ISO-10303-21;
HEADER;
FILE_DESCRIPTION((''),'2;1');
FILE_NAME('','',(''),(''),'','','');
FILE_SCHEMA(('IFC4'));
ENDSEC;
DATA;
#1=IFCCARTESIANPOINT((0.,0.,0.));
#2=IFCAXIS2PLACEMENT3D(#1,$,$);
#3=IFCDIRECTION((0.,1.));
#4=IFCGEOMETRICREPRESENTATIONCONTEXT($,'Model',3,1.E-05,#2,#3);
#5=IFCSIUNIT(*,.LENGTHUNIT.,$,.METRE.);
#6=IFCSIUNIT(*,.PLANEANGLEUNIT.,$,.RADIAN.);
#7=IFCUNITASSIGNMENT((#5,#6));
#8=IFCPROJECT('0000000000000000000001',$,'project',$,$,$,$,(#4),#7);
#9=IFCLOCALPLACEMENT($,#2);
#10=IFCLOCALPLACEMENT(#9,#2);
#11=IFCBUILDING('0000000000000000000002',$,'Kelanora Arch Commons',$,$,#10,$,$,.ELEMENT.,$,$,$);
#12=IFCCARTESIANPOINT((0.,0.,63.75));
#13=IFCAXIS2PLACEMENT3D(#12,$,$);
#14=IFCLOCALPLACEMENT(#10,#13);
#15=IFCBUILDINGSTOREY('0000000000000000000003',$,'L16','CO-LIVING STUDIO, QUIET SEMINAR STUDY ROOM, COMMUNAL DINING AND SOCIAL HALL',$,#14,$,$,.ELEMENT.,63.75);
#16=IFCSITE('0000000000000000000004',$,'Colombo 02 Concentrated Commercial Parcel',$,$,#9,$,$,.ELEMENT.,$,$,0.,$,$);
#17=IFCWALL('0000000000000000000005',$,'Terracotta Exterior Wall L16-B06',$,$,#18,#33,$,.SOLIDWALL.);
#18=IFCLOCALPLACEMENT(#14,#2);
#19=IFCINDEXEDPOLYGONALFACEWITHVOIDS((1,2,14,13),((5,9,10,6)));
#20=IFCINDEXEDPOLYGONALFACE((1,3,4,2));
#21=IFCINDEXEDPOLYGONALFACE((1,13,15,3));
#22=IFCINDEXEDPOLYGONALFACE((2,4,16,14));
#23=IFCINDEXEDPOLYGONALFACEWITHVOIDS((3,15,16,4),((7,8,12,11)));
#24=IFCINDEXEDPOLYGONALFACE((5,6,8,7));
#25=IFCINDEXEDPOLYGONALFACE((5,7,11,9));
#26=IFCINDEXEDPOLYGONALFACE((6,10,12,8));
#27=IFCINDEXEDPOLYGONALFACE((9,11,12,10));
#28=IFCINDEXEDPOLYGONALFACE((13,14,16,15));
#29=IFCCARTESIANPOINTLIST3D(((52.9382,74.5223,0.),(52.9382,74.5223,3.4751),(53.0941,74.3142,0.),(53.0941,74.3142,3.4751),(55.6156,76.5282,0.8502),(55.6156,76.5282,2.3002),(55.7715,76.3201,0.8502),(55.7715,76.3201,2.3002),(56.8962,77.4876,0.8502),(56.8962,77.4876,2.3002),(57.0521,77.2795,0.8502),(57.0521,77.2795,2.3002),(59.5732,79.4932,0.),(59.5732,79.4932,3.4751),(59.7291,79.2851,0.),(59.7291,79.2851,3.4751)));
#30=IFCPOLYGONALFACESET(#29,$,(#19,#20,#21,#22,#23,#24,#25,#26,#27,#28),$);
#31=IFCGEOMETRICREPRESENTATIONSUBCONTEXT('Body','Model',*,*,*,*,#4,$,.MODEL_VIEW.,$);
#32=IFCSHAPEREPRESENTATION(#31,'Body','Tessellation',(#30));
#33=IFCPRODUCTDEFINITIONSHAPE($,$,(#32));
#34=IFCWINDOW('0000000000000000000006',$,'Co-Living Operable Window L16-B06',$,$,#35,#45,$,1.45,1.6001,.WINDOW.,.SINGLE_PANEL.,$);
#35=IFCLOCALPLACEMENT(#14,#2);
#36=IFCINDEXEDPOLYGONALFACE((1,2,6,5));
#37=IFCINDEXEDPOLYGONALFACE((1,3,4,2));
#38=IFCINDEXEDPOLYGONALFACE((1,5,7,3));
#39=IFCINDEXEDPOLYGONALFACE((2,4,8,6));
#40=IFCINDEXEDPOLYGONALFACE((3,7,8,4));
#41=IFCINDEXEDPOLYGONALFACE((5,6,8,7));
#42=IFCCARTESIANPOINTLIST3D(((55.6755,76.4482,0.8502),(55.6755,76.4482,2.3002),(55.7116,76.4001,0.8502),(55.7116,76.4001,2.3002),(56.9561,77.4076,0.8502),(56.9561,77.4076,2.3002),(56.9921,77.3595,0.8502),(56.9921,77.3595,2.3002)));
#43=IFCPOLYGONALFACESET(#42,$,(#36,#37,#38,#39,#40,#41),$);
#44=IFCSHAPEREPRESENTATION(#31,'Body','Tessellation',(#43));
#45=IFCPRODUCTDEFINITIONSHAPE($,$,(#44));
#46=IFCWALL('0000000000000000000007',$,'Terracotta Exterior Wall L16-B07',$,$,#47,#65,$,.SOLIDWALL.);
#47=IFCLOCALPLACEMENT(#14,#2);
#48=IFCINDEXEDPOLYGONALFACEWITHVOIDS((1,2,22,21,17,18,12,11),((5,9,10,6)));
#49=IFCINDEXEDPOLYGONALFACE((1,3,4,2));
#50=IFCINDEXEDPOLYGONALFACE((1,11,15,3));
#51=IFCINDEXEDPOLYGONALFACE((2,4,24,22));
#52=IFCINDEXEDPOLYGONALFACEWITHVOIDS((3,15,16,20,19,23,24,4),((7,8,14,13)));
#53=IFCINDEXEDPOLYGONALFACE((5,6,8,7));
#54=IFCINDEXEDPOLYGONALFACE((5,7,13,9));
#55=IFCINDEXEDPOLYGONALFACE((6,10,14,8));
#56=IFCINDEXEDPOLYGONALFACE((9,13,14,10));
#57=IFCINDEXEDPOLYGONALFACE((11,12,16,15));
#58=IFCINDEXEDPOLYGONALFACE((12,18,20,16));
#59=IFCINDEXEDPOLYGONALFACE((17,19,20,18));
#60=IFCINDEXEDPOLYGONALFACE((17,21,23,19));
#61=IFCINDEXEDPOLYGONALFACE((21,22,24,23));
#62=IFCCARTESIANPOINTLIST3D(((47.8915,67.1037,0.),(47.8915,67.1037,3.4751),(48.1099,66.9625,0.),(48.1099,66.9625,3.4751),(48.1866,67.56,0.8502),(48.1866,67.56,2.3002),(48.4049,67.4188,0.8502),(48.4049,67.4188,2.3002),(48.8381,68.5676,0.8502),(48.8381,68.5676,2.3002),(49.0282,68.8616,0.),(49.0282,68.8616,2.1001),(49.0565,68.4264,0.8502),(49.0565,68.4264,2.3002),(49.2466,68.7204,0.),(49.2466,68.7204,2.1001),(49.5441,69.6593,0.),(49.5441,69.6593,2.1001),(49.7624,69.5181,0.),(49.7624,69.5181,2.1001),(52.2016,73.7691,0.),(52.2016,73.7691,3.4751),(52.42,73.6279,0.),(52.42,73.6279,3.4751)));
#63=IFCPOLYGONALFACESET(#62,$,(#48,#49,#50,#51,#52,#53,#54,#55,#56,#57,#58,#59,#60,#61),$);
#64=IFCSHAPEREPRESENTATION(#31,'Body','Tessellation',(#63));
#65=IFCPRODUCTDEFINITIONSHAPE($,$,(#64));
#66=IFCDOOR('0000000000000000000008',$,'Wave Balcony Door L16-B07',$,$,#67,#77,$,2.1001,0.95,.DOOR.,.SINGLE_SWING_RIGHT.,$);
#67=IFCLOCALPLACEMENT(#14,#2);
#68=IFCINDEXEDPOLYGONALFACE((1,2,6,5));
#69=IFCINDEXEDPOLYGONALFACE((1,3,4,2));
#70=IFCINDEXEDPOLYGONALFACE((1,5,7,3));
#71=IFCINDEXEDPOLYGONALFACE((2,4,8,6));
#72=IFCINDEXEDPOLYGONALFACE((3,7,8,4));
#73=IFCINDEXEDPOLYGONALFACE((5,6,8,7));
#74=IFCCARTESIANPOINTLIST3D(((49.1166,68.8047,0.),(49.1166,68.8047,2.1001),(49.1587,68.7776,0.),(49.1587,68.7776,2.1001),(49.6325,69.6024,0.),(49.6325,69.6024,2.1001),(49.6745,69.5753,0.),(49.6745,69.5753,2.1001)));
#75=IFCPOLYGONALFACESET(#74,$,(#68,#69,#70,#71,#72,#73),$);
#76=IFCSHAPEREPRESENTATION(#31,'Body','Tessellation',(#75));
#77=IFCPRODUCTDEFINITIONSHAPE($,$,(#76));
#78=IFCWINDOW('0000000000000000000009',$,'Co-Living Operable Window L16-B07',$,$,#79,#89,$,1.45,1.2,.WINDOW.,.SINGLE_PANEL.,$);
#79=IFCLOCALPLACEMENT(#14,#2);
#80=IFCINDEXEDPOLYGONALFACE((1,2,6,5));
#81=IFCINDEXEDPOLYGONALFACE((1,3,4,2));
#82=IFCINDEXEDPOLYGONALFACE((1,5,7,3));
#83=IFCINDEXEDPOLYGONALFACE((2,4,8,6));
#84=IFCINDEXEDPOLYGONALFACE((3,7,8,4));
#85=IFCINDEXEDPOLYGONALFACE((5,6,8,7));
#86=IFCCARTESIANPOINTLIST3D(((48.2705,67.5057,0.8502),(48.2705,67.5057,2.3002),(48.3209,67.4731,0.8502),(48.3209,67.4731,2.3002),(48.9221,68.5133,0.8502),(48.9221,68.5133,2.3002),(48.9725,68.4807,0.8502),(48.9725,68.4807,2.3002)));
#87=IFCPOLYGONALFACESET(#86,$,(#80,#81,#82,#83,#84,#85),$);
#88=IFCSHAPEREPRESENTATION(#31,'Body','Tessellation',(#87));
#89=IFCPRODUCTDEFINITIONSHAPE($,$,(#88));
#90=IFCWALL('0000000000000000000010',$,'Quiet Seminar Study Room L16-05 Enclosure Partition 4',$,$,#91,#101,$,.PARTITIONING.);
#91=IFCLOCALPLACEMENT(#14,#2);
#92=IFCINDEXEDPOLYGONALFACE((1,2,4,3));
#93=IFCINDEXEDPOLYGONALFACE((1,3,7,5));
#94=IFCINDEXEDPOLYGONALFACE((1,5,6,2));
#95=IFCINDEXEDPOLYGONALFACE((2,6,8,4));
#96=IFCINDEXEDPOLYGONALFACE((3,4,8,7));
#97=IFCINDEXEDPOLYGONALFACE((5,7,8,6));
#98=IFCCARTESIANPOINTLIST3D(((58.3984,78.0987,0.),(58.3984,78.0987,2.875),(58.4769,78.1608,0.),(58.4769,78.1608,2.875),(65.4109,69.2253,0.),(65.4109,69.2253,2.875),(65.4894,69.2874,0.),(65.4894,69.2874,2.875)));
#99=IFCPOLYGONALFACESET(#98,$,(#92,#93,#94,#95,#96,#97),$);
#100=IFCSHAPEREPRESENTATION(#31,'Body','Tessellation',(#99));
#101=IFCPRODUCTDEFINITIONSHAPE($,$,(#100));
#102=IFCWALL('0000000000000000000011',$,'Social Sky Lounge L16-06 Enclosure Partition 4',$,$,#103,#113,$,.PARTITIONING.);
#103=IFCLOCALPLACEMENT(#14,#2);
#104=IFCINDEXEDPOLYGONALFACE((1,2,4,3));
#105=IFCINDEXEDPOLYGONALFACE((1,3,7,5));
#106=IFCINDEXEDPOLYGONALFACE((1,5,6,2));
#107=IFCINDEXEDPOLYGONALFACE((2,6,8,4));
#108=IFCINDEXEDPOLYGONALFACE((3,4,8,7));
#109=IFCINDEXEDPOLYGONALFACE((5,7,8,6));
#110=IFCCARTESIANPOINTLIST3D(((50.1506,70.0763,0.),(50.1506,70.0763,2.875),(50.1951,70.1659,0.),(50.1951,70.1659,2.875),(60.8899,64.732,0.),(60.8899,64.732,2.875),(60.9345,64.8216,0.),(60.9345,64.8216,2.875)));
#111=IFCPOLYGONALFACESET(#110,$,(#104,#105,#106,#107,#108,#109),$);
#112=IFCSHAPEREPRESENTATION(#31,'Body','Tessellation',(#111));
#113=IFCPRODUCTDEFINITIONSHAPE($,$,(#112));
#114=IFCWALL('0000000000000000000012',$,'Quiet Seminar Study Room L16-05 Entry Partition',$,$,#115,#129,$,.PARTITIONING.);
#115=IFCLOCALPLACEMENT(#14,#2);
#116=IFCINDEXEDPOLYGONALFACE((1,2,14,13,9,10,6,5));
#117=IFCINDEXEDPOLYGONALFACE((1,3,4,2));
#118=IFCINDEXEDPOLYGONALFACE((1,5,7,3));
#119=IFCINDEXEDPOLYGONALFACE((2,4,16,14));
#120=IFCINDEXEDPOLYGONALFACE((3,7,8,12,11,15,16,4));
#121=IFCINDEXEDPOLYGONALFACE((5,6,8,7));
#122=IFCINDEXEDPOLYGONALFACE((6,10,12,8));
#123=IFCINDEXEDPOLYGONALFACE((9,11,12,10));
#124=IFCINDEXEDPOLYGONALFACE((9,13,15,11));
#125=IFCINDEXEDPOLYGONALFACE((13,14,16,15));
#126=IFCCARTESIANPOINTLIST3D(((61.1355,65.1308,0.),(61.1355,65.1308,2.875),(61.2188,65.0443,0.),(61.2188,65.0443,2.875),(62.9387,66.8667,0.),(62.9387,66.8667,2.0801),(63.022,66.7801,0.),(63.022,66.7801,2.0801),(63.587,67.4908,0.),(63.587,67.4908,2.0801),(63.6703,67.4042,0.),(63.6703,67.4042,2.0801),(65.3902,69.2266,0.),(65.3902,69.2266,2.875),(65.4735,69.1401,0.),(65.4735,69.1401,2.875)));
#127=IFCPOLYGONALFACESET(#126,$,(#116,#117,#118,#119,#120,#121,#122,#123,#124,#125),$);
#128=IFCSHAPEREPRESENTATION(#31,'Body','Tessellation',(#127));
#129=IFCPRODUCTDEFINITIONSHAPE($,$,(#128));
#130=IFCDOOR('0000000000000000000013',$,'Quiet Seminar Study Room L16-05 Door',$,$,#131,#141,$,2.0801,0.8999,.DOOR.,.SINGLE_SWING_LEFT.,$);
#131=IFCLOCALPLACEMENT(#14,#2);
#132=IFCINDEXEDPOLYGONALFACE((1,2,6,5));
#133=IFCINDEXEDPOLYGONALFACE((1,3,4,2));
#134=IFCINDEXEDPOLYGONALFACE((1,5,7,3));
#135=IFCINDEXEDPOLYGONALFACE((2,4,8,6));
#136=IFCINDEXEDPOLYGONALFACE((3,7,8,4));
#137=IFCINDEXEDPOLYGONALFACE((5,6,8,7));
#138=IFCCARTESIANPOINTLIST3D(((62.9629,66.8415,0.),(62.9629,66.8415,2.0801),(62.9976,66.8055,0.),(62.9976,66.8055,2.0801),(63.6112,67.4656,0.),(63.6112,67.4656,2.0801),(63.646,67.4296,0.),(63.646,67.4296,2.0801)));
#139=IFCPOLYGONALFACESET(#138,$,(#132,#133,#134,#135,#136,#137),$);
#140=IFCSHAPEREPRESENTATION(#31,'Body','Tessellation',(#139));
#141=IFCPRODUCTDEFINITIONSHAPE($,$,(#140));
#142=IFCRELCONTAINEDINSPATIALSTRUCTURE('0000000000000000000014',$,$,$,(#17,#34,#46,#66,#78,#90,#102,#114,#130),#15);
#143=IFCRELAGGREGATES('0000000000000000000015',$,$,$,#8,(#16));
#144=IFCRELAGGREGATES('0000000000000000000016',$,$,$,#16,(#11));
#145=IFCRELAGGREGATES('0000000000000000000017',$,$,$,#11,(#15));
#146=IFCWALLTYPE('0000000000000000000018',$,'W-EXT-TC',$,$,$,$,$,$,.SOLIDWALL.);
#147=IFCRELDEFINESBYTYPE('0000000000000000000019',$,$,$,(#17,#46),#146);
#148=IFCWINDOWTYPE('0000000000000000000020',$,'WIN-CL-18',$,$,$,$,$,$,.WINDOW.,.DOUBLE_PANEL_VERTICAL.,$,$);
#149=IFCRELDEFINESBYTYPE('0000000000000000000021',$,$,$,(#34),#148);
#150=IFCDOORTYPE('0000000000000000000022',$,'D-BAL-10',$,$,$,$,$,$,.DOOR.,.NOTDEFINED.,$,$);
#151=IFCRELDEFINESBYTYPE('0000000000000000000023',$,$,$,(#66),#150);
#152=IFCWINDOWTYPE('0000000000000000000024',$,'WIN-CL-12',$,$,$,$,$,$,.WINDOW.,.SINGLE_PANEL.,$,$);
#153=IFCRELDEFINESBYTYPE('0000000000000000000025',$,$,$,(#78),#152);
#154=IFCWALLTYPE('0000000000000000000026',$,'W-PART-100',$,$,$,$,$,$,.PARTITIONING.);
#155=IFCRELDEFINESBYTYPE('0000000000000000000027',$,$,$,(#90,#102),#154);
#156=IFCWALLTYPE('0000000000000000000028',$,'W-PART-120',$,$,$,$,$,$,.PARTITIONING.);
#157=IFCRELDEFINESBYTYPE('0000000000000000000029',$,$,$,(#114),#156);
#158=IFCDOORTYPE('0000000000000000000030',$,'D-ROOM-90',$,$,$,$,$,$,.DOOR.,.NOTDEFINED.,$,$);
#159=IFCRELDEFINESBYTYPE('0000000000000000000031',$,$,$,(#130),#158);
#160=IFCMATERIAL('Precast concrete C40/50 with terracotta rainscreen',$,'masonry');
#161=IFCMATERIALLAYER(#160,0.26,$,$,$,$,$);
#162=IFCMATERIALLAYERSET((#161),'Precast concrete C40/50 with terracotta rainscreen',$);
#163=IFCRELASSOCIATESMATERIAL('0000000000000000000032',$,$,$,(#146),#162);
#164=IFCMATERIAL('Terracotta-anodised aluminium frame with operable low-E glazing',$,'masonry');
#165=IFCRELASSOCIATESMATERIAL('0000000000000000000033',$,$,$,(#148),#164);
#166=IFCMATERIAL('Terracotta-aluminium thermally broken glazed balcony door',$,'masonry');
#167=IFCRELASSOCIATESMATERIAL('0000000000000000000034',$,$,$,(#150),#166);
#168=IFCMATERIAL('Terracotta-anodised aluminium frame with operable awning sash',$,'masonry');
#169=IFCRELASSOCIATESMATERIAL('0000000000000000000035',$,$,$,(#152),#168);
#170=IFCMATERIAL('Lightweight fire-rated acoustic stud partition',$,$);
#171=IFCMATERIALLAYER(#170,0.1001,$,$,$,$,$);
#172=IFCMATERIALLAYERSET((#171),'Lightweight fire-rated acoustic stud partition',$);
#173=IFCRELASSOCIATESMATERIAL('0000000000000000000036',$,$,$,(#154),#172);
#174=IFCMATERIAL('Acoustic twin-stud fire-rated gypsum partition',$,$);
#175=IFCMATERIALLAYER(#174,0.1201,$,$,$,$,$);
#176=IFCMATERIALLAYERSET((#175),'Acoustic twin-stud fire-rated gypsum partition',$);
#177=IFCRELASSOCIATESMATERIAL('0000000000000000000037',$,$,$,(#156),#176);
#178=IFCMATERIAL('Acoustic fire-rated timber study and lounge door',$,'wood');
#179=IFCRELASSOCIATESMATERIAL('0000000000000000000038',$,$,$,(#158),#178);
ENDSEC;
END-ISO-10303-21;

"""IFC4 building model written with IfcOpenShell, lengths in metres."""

from ifc_helpers import new_model, si_unit, direction, frame, frame_2d, origin, place, context, subcontext, project, spatial, rectangle, extrude, material, layer, layer_set, type_object, element, fill, save


model = new_model("IFC4")

# Units and contexts
model_context = context("Model", 3, precision=1e-05, world=origin(), true_north=direction((0.0, 1.0)))
body_context = subcontext(model_context, "Body", "Model", "MODEL_VIEW")
ifc_project = project(units=[si_unit("LENGTHUNIT", "METRE"), si_unit("PLANEANGLEUNIT", "RADIAN")], contexts=[model_context])

# Site, building, storey
site_placement = place(None, origin())
site = spatial("IfcSite", under=ifc_project, at=site_placement, Name="Colombo 02 Concentrated Commercial Parcel", CompositionType="ELEMENT", RefElevation=0.0)
building_placement = place(site_placement, origin())
building = spatial("IfcBuilding", under=site, at=building_placement, Name="Kelanora Arch Commons", CompositionType="ELEMENT")
storey_placement = place(building_placement, frame((0.0, 0.0, 63.75)))
storey = spatial("IfcBuildingStorey", under=building, at=storey_placement, Name="L16", Description="CO-LIVING STUDIO, QUIET SEMINAR STUDY ROOM, COMMUNAL DINING AND SOCIAL HALL", CompositionType="ELEMENT", Elevation=63.75)

# Wall, opening, window
ifc_material_1 = material(Name="Precast concrete C40/50 with terracotta rainscreen", Category="masonry")
ifc_layer_1 = layer(ifc_material_1, 0.26)
ifc_layer_set_1 = layer_set([ifc_layer_1], Name="Precast concrete C40/50 with terracotta rainscreen")
wall_type_1 = type_object("IfcWallType", Name="W-EXT-TC", PredefinedType="SOLIDWALL", material=ifc_layer_set_1)
wall_1_placement = place(storey_placement, frame((59.6511, 79.3892, 0.0), z_axis=(0.0, 0.0, 1.0), x_axis=(-0.800307, -0.59959, 0.0)))
wall_1 = element("IfcWall", 1, at=wall_1_placement, inside=storey, type_object=wall_type_1, Name="Terracotta Exterior Wall L16-B06", PredefinedType="SOLIDWALL", context=body_context, shape_type="SweptSolid", body=[
    extrude(rectangle(XDim=8.2905, YDim=0.26, at=frame_2d((4.1453, 0.0))), origin(), (0.0, 0.0, 1.0), 3.4751),
])
opening_1_placement = place(wall_1_placement, frame((3.345, 0.0, 0.8501)))
opening_1 = element("IfcOpeningElement", 2, at=opening_1_placement, cuts=wall_1, PredefinedType="OPENING", context=body_context, shape_type="SweptSolid", body=[
    extrude(rectangle(XDim=1.6001, YDim=1.45, at=frame_2d((0.8, 0.7251))), frame((0.0, 0.1401, 0.0), z_axis=(0.0, -1.0, 0.0), x_axis=(1.0, 0.0, 0.0)), (0.0, 0.0, 1.0), 0.28),
])
ifc_material_2 = material(Name="Terracotta-anodised aluminium frame with operable low-E glazing", Category="masonry")
window_type_1 = type_object("IfcWindowType", Name="WIN-CL-18", PartitioningType="DOUBLE_PANEL_VERTICAL", PredefinedType="WINDOW", material=ifc_material_2)
window_1_placement = place(opening_1_placement, origin())
window_1 = element("IfcWindow", 3, at=window_1_placement, inside=storey, type_object=window_type_1, Name="Co-Living Operable Window L16-B06", OverallHeight=1.45, OverallWidth=1.6001, PartitioningType="SINGLE_PANEL", PredefinedType="WINDOW", context=body_context, shape_type="SweptSolid", body=[
    extrude(rectangle(XDim=1.6001, YDim=1.45, at=frame_2d((0.8, 0.7251))), frame((0.0, 0.03, 0.0), z_axis=(0.0, -1.0, 0.0), x_axis=(1.0, 0.0, 0.0)), (0.0, 0.0, 1.0), 0.0601),
])
fill(opening_1, window_1)

# Wall, openings, door, window
wall_2_placement = place(storey_placement, frame((52.3108, 73.6985, 0.0), z_axis=(0.0, 0.0, 1.0), x_axis=(-0.543005, -0.839729, 0.0)))
wall_2 = element("IfcWall", 4, at=wall_2_placement, inside=storey, type_object=wall_type_1, Name="Terracotta Exterior Wall L16-B07", PredefinedType="SOLIDWALL", context=body_context, shape_type="SweptSolid", body=[
    extrude(rectangle(XDim=7.9375, YDim=0.26, at=frame_2d((3.9688, 0.0))), origin(), (0.0, 0.0, 1.0), 3.4751),
])
opening_2_placement = place(wall_2_placement, frame((4.894, 0.0, 0.0)))
opening_2 = element("IfcOpeningElement", 5, at=opening_2_placement, cuts=wall_2, PredefinedType="OPENING", context=body_context, shape_type="SweptSolid", body=[
    extrude(rectangle(XDim=0.95, YDim=2.1001, at=frame_2d((0.4751, 1.05))), frame((0.0, 0.1401, 0.0), z_axis=(0.0, -1.0, 0.0), x_axis=(1.0, 0.0, 0.0)), (0.0, 0.0, 1.0), 0.28),
])
opening_3_placement = place(wall_2_placement, frame((6.1941, 0.0, 0.8501)))
opening_3 = element("IfcOpeningElement", 6, at=opening_3_placement, cuts=wall_2, PredefinedType="OPENING", context=body_context, shape_type="SweptSolid", body=[
    extrude(rectangle(XDim=1.2, YDim=1.45, at=frame_2d((0.6001, 0.7251))), frame((0.0, 0.1401, 0.0), z_axis=(0.0, -1.0, 0.0), x_axis=(1.0, 0.0, 0.0)), (0.0, 0.0, 1.0), 0.28),
])
ifc_material_3 = material(Name="Terracotta-aluminium thermally broken glazed balcony door", Category="masonry")
door_type_1 = type_object("IfcDoorType", Name="D-BAL-10", OperationType="NOTDEFINED", PredefinedType="DOOR", material=ifc_material_3)
door_1_placement = place(opening_2_placement, frame((0.95, 0.0, 0.0), z_axis=(0.0, 0.0, 1.0), x_axis=(-1.0, 0.0, 0.0)))
door_1 = element("IfcDoor", 7, at=door_1_placement, inside=storey, type_object=door_type_1, Name="Wave Balcony Door L16-B07", OperationType="SINGLE_SWING_RIGHT", OverallHeight=2.1001, OverallWidth=0.95, PredefinedType="DOOR", context=body_context, shape_type="SweptSolid", body=[
    extrude(rectangle(XDim=0.95, YDim=2.1001, at=frame_2d((0.4751, 1.05))), frame((0.0, 0.0249, 0.0), z_axis=(0.0, -1.0, 0.0), x_axis=(1.0, 0.0, 0.0)), (0.0, 0.0, 1.0), 0.05),
])
fill(opening_2, door_1)
ifc_material_4 = material(Name="Terracotta-anodised aluminium frame with operable awning sash", Category="masonry")
window_type_2 = type_object("IfcWindowType", Name="WIN-CL-12", PartitioningType="SINGLE_PANEL", PredefinedType="WINDOW", material=ifc_material_4)
window_2_placement = place(opening_3_placement, origin())
window_2 = element("IfcWindow", 8, at=window_2_placement, inside=storey, type_object=window_type_2, Name="Co-Living Operable Window L16-B07", OverallHeight=1.45, OverallWidth=1.2, PartitioningType="SINGLE_PANEL", PredefinedType="WINDOW", context=body_context, shape_type="SweptSolid", body=[
    extrude(rectangle(XDim=1.2, YDim=1.45, at=frame_2d((0.6001, 0.7251))), frame((0.0, 0.03, 0.0), z_axis=(0.0, -1.0, 0.0), x_axis=(1.0, 0.0, 0.0)), (0.0, 0.0, 1.0), 0.0601),
])
fill(opening_3, window_2)

# Walls
ifc_material_5 = material(Name="Lightweight fire-rated acoustic stud partition")
ifc_layer_2 = layer(ifc_material_5, 0.1001)
ifc_layer_set_2 = layer_set([ifc_layer_2], Name="Lightweight fire-rated acoustic stud partition")
wall_type_2 = type_object("IfcWallType", Name="W-PART-100", PredefinedType="PARTITIONING", material=ifc_layer_set_2)
wall_3_placement = place(storey_placement, frame((58.4377, 78.1296, 0.0), z_axis=(0.0, 0.0, 1.0), x_axis=(0.620038, -0.784572, 0.0)))
element("IfcWall", 9, at=wall_3_placement, inside=storey, type_object=wall_type_2, Name="Quiet Seminar Study Room L16-05 Enclosure Partition 4", PredefinedType="PARTITIONING", context=body_context, shape_type="SweptSolid", body=[
    extrude(rectangle(XDim=11.3098, YDim=0.1001, at=frame_2d((5.6548, 0.0))), origin(), (0.0, 0.0, 1.0), 2.875),
])
wall_4_placement = place(storey_placement, frame((50.1729, 70.1211, 0.0), z_axis=(0.0, 0.0, 1.0), x_axis=(0.895272, -0.445519, 0.0)))
element("IfcWall", 10, at=wall_4_placement, inside=storey, type_object=wall_type_2, Name="Social Sky Lounge L16-06 Enclosure Partition 4", PredefinedType="PARTITIONING", context=body_context, shape_type="SweptSolid", body=[
    extrude(rectangle(XDim=11.9956, YDim=0.1001, at=frame_2d((5.9978, 0.0))), origin(), (0.0, 0.0, 1.0), 2.875),
])

# Wall, opening, door
ifc_material_6 = material(Name="Acoustic twin-stud fire-rated gypsum partition")
ifc_layer_3 = layer(ifc_material_6, 0.1201)
ifc_layer_set_3 = layer_set([ifc_layer_3], Name="Acoustic twin-stud fire-rated gypsum partition")
wall_type_3 = type_object("IfcWallType", Name="W-PART-120", PredefinedType="PARTITIONING", material=ifc_layer_set_3)
wall_5_placement = place(storey_placement, frame((65.4319, 69.1833, 0.0), z_axis=(0.0, 0.0, 1.0), x_axis=(-0.720435, -0.693523, 0.0)))
wall_5 = element("IfcWall", 11, at=wall_5_placement, inside=storey, type_object=wall_type_3, Name="Quiet Seminar Study Room L16-05 Entry Partition", PredefinedType="PARTITIONING", context=body_context, shape_type="SweptSolid", body=[
    extrude(rectangle(XDim=5.9058, YDim=0.1201, at=frame_2d((2.9529, 0.0))), origin(), (0.0, 0.0, 1.0), 2.875),
])
opening_4_placement = place(wall_5_placement, frame((2.5029, 0.0, 0.0)))
opening_4 = element("IfcOpeningElement", 12, at=opening_4_placement, cuts=wall_5, PredefinedType="OPENING", context=body_context, shape_type="SweptSolid", body=[
    extrude(rectangle(XDim=0.8999, YDim=2.0801, at=frame_2d((0.45, 1.04))), frame((0.0, 0.0701, 0.0), z_axis=(0.0, -1.0, 0.0), x_axis=(1.0, 0.0, 0.0)), (0.0, 0.0, 1.0), 0.1401),
])
ifc_material_7 = material(Name="Acoustic fire-rated timber study and lounge door", Category="wood")
door_type_2 = type_object("IfcDoorType", Name="D-ROOM-90", OperationType="NOTDEFINED", PredefinedType="DOOR", material=ifc_material_7)
door_2_placement = place(opening_4_placement, origin())
door_2 = element("IfcDoor", 13, at=door_2_placement, inside=storey, type_object=door_type_2, Name="Quiet Seminar Study Room L16-05 Door", OperationType="SINGLE_SWING_LEFT", OverallHeight=2.0801, OverallWidth=0.8999, PredefinedType="DOOR", context=body_context, shape_type="SweptSolid", body=[
    extrude(rectangle(XDim=0.8999, YDim=2.0801, at=frame_2d((0.45, 1.04))), frame((0.0, 0.0249, 0.0), z_axis=(0.0, -1.0, 0.0), x_axis=(1.0, 0.0, 0.0)), (0.0, 0.0, 1.0), 0.05),
])
fill(opening_4, door_2)

save(model, "model.ifc")
